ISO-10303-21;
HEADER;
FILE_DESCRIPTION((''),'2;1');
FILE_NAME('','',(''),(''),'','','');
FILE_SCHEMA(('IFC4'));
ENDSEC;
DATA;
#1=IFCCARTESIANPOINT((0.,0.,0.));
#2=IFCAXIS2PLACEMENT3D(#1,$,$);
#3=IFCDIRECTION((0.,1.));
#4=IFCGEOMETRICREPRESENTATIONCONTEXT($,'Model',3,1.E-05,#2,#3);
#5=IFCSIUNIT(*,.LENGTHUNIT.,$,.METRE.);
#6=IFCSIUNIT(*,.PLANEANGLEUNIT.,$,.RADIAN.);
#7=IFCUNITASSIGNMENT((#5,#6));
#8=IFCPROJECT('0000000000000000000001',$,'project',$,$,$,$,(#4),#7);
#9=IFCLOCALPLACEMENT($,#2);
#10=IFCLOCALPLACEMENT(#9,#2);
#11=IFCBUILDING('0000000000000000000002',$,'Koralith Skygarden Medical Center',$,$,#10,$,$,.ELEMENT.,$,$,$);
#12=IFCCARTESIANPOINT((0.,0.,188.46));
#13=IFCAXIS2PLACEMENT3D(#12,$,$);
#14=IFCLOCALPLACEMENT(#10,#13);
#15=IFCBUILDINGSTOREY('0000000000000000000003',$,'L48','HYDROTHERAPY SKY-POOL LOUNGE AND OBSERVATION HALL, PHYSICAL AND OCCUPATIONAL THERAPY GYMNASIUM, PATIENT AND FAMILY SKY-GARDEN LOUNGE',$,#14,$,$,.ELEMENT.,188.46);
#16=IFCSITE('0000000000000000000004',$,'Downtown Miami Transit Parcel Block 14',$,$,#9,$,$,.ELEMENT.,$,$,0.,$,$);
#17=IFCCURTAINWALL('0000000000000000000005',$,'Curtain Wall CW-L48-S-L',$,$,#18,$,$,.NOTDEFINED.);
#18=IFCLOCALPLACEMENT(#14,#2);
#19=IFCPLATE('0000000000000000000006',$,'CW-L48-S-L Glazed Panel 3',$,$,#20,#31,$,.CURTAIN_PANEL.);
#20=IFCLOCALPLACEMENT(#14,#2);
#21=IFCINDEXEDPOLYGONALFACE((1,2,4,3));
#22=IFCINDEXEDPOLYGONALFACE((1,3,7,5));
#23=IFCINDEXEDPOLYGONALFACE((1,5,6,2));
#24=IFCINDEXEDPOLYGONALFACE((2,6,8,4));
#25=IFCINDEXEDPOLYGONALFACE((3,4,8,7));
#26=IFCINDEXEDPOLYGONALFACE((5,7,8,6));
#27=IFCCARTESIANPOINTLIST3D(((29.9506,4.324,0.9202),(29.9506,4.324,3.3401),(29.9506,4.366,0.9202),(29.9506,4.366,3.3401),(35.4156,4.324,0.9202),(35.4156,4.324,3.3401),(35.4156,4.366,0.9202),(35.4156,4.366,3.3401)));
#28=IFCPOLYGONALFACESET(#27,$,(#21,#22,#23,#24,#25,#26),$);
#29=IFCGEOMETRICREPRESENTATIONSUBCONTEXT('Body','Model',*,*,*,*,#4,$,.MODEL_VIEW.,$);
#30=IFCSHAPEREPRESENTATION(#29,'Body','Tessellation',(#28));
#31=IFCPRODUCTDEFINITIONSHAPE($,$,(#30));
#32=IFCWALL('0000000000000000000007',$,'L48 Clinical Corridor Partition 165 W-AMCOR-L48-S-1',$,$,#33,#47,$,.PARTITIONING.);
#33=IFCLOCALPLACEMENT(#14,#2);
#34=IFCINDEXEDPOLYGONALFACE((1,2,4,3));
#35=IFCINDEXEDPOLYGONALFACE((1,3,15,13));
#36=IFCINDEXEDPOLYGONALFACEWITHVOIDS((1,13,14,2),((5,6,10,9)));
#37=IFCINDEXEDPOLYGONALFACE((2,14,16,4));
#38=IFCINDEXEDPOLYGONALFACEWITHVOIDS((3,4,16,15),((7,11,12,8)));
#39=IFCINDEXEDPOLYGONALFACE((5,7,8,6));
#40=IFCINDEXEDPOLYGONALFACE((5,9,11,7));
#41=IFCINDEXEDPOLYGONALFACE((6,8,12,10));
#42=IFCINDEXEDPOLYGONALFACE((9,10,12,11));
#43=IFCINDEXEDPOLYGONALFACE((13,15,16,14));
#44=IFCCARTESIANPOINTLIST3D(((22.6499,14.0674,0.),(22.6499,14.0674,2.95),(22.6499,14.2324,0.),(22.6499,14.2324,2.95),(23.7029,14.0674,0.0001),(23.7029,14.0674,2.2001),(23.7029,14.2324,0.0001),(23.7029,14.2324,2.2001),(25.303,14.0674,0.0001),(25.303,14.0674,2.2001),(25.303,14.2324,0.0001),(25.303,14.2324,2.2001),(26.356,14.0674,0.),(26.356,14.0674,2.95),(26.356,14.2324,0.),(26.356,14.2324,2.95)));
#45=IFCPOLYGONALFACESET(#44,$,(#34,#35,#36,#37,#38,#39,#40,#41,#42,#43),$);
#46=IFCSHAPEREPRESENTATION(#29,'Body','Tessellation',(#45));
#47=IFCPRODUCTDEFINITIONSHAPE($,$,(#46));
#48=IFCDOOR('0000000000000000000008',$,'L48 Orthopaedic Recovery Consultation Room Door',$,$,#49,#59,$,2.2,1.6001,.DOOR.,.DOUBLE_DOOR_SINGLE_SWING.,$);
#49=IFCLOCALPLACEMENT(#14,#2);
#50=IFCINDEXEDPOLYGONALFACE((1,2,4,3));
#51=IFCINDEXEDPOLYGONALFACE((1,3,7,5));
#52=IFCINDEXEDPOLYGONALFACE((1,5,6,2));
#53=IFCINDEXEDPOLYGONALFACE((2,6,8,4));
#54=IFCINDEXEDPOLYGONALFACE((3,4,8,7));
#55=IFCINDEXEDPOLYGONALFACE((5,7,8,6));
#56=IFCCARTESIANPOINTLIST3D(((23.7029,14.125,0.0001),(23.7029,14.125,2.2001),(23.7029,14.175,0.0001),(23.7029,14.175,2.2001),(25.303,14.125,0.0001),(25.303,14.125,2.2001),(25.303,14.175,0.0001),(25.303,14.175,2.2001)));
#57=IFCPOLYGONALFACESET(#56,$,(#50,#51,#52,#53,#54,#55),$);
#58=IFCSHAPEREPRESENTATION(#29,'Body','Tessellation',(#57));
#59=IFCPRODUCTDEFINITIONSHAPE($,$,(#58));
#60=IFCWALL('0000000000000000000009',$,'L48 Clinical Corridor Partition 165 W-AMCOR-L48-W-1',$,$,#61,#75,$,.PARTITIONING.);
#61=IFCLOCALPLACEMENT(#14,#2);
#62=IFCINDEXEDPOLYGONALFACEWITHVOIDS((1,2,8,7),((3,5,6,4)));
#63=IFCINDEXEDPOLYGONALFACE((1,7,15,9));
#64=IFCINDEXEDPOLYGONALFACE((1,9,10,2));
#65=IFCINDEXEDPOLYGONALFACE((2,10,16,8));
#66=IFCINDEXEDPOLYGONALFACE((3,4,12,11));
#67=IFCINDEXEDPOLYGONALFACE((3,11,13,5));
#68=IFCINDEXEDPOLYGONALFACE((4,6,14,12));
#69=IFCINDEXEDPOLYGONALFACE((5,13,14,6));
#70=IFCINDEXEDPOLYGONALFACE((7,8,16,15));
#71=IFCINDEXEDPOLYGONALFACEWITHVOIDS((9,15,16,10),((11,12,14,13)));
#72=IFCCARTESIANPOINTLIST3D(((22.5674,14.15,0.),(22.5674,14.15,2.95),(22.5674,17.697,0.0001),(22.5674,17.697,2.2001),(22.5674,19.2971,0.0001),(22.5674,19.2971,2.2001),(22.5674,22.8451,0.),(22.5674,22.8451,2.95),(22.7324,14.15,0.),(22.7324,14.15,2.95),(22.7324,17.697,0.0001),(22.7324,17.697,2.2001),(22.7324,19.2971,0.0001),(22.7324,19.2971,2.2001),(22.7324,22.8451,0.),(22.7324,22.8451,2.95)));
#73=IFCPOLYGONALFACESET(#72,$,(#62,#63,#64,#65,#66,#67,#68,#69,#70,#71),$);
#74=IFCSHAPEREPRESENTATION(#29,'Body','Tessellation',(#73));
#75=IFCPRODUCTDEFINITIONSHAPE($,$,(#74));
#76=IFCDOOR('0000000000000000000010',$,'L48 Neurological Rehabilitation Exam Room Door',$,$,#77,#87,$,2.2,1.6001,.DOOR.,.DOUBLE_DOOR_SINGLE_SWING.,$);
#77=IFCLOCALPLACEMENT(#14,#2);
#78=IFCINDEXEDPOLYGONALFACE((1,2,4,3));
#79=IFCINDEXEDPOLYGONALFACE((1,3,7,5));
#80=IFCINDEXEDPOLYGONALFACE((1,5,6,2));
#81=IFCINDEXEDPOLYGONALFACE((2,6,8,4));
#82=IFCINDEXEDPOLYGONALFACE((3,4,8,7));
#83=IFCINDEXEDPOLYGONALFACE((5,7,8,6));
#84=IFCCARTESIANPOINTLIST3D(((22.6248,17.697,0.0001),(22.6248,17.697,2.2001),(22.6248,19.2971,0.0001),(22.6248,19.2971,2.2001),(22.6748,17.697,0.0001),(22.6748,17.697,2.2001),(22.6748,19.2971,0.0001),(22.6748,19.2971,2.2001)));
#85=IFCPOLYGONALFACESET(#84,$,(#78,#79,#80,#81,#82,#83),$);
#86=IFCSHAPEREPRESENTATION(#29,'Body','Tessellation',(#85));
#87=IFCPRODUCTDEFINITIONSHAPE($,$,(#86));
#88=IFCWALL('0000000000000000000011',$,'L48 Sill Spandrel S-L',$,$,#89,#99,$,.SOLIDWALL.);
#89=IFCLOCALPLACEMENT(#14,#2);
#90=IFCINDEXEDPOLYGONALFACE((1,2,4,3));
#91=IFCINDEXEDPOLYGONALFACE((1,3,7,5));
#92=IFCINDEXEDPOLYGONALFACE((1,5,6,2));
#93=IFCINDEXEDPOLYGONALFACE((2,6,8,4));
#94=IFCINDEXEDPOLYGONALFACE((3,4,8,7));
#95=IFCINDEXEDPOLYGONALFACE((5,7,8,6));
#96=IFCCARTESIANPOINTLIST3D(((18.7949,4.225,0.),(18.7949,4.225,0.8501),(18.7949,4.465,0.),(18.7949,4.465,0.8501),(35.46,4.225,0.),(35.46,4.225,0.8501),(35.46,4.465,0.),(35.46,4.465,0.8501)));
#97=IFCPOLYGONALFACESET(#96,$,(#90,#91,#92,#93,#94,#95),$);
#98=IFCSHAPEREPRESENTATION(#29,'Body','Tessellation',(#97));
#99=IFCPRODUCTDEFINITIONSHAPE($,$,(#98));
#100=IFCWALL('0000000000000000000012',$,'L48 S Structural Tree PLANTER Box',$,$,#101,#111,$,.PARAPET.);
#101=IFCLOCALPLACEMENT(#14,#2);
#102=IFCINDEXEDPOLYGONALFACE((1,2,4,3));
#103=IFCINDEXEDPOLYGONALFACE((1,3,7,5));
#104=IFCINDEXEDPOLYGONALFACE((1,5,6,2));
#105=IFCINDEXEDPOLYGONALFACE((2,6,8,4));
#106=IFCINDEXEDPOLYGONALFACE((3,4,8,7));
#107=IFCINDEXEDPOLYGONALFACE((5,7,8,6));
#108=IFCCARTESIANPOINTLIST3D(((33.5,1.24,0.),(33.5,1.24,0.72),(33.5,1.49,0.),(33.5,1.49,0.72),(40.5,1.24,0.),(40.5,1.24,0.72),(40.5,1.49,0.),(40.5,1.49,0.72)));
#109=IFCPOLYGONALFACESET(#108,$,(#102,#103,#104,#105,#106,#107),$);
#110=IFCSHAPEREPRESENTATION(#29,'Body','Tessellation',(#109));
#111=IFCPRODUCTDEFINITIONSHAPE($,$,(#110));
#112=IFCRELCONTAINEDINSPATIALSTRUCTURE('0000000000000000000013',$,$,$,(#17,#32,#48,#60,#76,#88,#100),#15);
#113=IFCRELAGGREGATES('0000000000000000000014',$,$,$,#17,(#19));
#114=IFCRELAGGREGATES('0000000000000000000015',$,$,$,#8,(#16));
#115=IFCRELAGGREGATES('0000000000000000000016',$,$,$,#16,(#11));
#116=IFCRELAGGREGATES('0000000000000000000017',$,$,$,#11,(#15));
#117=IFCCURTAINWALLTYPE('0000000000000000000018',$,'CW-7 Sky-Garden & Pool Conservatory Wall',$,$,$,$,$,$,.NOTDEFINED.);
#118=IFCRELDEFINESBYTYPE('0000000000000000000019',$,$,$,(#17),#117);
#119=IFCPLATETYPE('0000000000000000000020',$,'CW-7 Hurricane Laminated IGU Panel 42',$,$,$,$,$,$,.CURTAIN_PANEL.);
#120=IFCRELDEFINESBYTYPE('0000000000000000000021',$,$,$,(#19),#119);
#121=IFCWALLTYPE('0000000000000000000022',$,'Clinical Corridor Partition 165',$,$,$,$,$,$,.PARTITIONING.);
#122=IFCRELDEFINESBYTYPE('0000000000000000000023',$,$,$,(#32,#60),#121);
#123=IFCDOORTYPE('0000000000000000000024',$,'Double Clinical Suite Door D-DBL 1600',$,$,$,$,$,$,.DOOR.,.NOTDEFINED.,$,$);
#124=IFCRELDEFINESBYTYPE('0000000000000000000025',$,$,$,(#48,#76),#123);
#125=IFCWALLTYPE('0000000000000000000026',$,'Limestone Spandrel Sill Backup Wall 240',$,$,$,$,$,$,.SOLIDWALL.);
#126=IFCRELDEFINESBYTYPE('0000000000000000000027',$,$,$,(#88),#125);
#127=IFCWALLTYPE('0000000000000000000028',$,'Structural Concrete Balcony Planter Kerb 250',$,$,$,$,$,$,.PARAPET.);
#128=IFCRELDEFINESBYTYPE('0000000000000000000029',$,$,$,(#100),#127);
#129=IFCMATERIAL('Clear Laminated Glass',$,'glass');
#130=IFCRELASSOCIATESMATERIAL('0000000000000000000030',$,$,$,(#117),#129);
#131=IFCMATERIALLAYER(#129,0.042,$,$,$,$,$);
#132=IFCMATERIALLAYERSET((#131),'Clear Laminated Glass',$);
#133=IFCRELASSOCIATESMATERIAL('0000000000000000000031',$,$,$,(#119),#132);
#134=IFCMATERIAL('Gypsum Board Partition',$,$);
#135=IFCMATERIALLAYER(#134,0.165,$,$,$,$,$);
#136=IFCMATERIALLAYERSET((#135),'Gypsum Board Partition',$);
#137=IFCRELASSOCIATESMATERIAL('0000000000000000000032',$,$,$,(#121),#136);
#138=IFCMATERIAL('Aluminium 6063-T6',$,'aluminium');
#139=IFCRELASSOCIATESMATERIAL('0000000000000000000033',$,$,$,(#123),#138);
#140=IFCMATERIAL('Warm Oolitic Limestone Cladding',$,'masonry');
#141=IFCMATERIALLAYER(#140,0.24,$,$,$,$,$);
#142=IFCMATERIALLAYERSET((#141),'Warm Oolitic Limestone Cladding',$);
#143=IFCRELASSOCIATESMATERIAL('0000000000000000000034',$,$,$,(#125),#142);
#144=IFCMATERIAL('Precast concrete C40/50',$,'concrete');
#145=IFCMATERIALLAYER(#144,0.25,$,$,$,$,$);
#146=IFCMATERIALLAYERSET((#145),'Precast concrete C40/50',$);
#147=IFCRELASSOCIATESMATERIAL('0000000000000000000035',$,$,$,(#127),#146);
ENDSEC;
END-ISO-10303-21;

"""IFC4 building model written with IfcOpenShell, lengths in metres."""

from ifc_helpers import new_model, si_unit, direction, frame, frame_2d, origin, origin_2d, place, context, subcontext, project, spatial, rectangle, extrude, material, layer, layer_set, type_object, element, fill, aggregate, save


model = new_model("IFC4")

# Units and contexts
model_context = context("Model", 3, precision=1e-05, world=origin(), true_north=direction((0.0, 1.0)))
body_context = subcontext(model_context, "Body", "Model", "MODEL_VIEW")
ifc_project = project(units=[si_unit("LENGTHUNIT", "METRE"), si_unit("PLANEANGLEUNIT", "RADIAN")], contexts=[model_context])

# Site, building, storey
site_placement = place(None, origin())
site = spatial("IfcSite", under=ifc_project, at=site_placement, Name="Downtown Miami Transit Parcel Block 14", CompositionType="ELEMENT", RefElevation=0.0)
building_placement = place(site_placement, origin())
building = spatial("IfcBuilding", under=site, at=building_placement, Name="Koralith Skygarden Medical Center", CompositionType="ELEMENT")
storey_placement = place(building_placement, frame((0.0, 0.0, 188.46)))
storey = spatial("IfcBuildingStorey", under=building, at=storey_placement, Name="L48", Description="HYDROTHERAPY SKY-POOL LOUNGE AND OBSERVATION HALL, PHYSICAL AND OCCUPATIONAL THERAPY GYMNASIUM, PATIENT AND FAMILY SKY-GARDEN LOUNGE", CompositionType="ELEMENT", Elevation=188.46)

# Curtain wall
ifc_material_1 = material(Name="Clear Laminated Glass", Category="glass")
curtain_wall_type = type_object("IfcCurtainWallType", Name="CW-7 Sky-Garden & Pool Conservatory Wall", PredefinedType="NOTDEFINED", material=ifc_material_1)
curtain_wall_placement = place(storey_placement, origin())
curtain_wall = element("IfcCurtainWall", 1, at=curtain_wall_placement, inside=storey, type_object=curtain_wall_type, Name="Curtain Wall CW-L48-S-L", PredefinedType="NOTDEFINED")
ifc_material_2 = material(Name="Aluminium 6063-T6", Category="aluminium")

# Plate
ifc_layer_1 = layer(ifc_material_1, 0.042)
ifc_layer_set_1 = layer_set([ifc_layer_1], Name="Clear Laminated Glass")
plate_type = type_object("IfcPlateType", Name="CW-7 Hurricane Laminated IGU Panel 42", PredefinedType="CURTAIN_PANEL", material=ifc_layer_set_1)
plate_1_placement = place(storey_placement, frame((32.6831, 4.345, 0.9202), z_axis=(0.0, 0.0, 1.0), x_axis=(1.0, 0.0, 0.0)))
plate_1 = element("IfcPlate", 2, at=plate_1_placement, type_object=plate_type, Name="CW-L48-S-L Glazed Panel 3", PredefinedType="CURTAIN_PANEL", context=body_context, shape_type="SweptSolid", body=[
    extrude(rectangle(XDim=5.4651, YDim=0.042, at=origin_2d()), origin(), (0.0, 0.0, 1.0), 2.4199),
])
aggregate(curtain_wall, [plate_1])

# Walls, openings, doors
ifc_material_3 = material(Name="Gypsum Board Partition")
ifc_layer_2 = layer(ifc_material_3, 0.165)
ifc_layer_set_2 = layer_set([ifc_layer_2], Name="Gypsum Board Partition")
wall_type_1 = type_object("IfcWallType", Name="Clinical Corridor Partition 165", PredefinedType="PARTITIONING", material=ifc_layer_set_2)
wall_1_placement = place(storey_placement, frame((22.6499, 14.1499, 0.0), z_axis=(0.0, 0.0, 1.0), x_axis=(1.0, 0.0, 0.0)))
wall_1 = element("IfcWall", 3, at=wall_1_placement, inside=storey, type_object=wall_type_1, Name="L48 Clinical Corridor Partition 165 W-AMCOR-L48-S-1", PredefinedType="PARTITIONING", context=body_context, shape_type="SweptSolid", body=[
    extrude(rectangle(XDim=3.7061, YDim=0.165, at=frame_2d((1.853, 0.0))), origin(), (0.0, 0.0, 1.0), 2.95),
])
opening_1_placement = place(wall_1_placement, frame((1.053, 0.0, 0.0)))
opening_1 = element("IfcOpeningElement", 4, at=opening_1_placement, cuts=wall_1, PredefinedType="OPENING", context=body_context, shape_type="SweptSolid", body=[
    extrude(rectangle(XDim=1.6001, YDim=2.2, at=frame_2d((0.8, 1.1001))), frame((0.0, 0.0925, 0.0), z_axis=(0.0, -1.0, 0.0), x_axis=(1.0, 0.0, 0.0)), (0.0, 0.0, 1.0), 0.1851),
])
door_type = type_object("IfcDoorType", Name="Double Clinical Suite Door D-DBL 1600", OperationType="NOTDEFINED", PredefinedType="DOOR", material=ifc_material_2)
door_1_placement = place(opening_1_placement, frame((1.6001, 0.0, 0.0), z_axis=(0.0, 0.0, 1.0), x_axis=(-1.0, 0.0, 0.0)))
door_1 = element("IfcDoor", 5, at=door_1_placement, inside=storey, type_object=door_type, Name="L48 Orthopaedic Recovery Consultation Room Door", OperationType="DOUBLE_DOOR_SINGLE_SWING", OverallHeight=2.2, OverallWidth=1.6001, PredefinedType="DOOR", context=body_context, shape_type="SweptSolid", body=[
    extrude(rectangle(XDim=1.6001, YDim=2.2, at=frame_2d((0.8, 1.1001))), frame((0.0, 0.0249, 0.0), z_axis=(0.0, -1.0, 0.0), x_axis=(1.0, 0.0, 0.0)), (0.0, 0.0, 1.0), 0.05),
])
fill(opening_1, door_1)
wall_2_placement = place(storey_placement, frame((22.6499, 14.1499, 0.0), z_axis=(0.0, 0.0, 1.0), x_axis=(0.0, 1.0, 0.0)))
wall_2 = element("IfcWall", 6, at=wall_2_placement, inside=storey, type_object=wall_type_1, Name="L48 Clinical Corridor Partition 165 W-AMCOR-L48-W-1", PredefinedType="PARTITIONING", context=body_context, shape_type="SweptSolid", body=[
    extrude(rectangle(XDim=8.6951, YDim=0.165, at=frame_2d((4.3477, 0.0))), origin(), (0.0, 0.0, 1.0), 2.95),
])
opening_2_placement = place(wall_2_placement, frame((3.5471, 0.0, 0.0)))
opening_2 = element("IfcOpeningElement", 7, at=opening_2_placement, cuts=wall_2, PredefinedType="OPENING", context=body_context, shape_type="SweptSolid", body=[
    extrude(rectangle(XDim=1.6001, YDim=2.2, at=frame_2d((0.8, 1.1001))), frame((0.0, 0.0925, 0.0), z_axis=(0.0, -1.0, 0.0), x_axis=(1.0, 0.0, 0.0)), (0.0, 0.0, 1.0), 0.1851),
])
door_2_placement = place(opening_2_placement, frame((1.6001, 0.0, 0.0), z_axis=(0.0, 0.0, 1.0), x_axis=(-1.0, 0.0, 0.0)))
door_2 = element("IfcDoor", 8, at=door_2_placement, inside=storey, type_object=door_type, Name="L48 Neurological Rehabilitation Exam Room Door", OperationType="DOUBLE_DOOR_SINGLE_SWING", OverallHeight=2.2, OverallWidth=1.6001, PredefinedType="DOOR", context=body_context, shape_type="SweptSolid", body=[
    extrude(rectangle(XDim=1.6001, YDim=2.2, at=frame_2d((0.8, 1.1001))), frame((0.0, 0.0249, 0.0), z_axis=(0.0, -1.0, 0.0), x_axis=(1.0, 0.0, 0.0)), (0.0, 0.0, 1.0), 0.05),
])
fill(opening_2, door_2)

# Walls
ifc_material_4 = material(Name="Warm Oolitic Limestone Cladding", Category="masonry")
ifc_layer_3 = layer(ifc_material_4, 0.24)
ifc_layer_set_3 = layer_set([ifc_layer_3], Name="Warm Oolitic Limestone Cladding")
wall_type_2 = type_object("IfcWallType", Name="Limestone Spandrel Sill Backup Wall 240", PredefinedType="SOLIDWALL", material=ifc_layer_set_3)
wall_3_placement = place(storey_placement, frame((18.7949, 4.345, 0.0), z_axis=(0.0, 0.0, 1.0), x_axis=(1.0, 0.0, 0.0)))
element("IfcWall", 9, at=wall_3_placement, inside=storey, type_object=wall_type_2, Name="L48 Sill Spandrel S-L", PredefinedType="SOLIDWALL", context=body_context, shape_type="SweptSolid", body=[
    extrude(rectangle(XDim=16.665, YDim=0.24, at=frame_2d((8.3325, 0.0))), origin(), (0.0, 0.0, 1.0), 0.8501),
])
ifc_material_5 = material(Name="Precast concrete C40/50", Category="concrete")
ifc_layer_4 = layer(ifc_material_5, 0.25)
ifc_layer_set_4 = layer_set([ifc_layer_4], Name="Precast concrete C40/50")
wall_type_3 = type_object("IfcWallType", Name="Structural Concrete Balcony Planter Kerb 250", PredefinedType="PARAPET", material=ifc_layer_set_4)
wall_4_placement = place(storey_placement, frame((33.5, 1.365, 0.0), z_axis=(0.0, 0.0, 1.0), x_axis=(1.0, 0.0, 0.0)))
element("IfcWall", 10, at=wall_4_placement, inside=storey, type_object=wall_type_3, Name="L48 S Structural Tree PLANTER Box", PredefinedType="PARAPET", context=body_context, shape_type="SweptSolid", body=[
    extrude(rectangle(XDim=7.0, YDim=0.25, at=frame_2d((3.5, 0.0))), origin(), (0.0, 0.0, 1.0), 0.72),
])

save(model, "model.ifc")
